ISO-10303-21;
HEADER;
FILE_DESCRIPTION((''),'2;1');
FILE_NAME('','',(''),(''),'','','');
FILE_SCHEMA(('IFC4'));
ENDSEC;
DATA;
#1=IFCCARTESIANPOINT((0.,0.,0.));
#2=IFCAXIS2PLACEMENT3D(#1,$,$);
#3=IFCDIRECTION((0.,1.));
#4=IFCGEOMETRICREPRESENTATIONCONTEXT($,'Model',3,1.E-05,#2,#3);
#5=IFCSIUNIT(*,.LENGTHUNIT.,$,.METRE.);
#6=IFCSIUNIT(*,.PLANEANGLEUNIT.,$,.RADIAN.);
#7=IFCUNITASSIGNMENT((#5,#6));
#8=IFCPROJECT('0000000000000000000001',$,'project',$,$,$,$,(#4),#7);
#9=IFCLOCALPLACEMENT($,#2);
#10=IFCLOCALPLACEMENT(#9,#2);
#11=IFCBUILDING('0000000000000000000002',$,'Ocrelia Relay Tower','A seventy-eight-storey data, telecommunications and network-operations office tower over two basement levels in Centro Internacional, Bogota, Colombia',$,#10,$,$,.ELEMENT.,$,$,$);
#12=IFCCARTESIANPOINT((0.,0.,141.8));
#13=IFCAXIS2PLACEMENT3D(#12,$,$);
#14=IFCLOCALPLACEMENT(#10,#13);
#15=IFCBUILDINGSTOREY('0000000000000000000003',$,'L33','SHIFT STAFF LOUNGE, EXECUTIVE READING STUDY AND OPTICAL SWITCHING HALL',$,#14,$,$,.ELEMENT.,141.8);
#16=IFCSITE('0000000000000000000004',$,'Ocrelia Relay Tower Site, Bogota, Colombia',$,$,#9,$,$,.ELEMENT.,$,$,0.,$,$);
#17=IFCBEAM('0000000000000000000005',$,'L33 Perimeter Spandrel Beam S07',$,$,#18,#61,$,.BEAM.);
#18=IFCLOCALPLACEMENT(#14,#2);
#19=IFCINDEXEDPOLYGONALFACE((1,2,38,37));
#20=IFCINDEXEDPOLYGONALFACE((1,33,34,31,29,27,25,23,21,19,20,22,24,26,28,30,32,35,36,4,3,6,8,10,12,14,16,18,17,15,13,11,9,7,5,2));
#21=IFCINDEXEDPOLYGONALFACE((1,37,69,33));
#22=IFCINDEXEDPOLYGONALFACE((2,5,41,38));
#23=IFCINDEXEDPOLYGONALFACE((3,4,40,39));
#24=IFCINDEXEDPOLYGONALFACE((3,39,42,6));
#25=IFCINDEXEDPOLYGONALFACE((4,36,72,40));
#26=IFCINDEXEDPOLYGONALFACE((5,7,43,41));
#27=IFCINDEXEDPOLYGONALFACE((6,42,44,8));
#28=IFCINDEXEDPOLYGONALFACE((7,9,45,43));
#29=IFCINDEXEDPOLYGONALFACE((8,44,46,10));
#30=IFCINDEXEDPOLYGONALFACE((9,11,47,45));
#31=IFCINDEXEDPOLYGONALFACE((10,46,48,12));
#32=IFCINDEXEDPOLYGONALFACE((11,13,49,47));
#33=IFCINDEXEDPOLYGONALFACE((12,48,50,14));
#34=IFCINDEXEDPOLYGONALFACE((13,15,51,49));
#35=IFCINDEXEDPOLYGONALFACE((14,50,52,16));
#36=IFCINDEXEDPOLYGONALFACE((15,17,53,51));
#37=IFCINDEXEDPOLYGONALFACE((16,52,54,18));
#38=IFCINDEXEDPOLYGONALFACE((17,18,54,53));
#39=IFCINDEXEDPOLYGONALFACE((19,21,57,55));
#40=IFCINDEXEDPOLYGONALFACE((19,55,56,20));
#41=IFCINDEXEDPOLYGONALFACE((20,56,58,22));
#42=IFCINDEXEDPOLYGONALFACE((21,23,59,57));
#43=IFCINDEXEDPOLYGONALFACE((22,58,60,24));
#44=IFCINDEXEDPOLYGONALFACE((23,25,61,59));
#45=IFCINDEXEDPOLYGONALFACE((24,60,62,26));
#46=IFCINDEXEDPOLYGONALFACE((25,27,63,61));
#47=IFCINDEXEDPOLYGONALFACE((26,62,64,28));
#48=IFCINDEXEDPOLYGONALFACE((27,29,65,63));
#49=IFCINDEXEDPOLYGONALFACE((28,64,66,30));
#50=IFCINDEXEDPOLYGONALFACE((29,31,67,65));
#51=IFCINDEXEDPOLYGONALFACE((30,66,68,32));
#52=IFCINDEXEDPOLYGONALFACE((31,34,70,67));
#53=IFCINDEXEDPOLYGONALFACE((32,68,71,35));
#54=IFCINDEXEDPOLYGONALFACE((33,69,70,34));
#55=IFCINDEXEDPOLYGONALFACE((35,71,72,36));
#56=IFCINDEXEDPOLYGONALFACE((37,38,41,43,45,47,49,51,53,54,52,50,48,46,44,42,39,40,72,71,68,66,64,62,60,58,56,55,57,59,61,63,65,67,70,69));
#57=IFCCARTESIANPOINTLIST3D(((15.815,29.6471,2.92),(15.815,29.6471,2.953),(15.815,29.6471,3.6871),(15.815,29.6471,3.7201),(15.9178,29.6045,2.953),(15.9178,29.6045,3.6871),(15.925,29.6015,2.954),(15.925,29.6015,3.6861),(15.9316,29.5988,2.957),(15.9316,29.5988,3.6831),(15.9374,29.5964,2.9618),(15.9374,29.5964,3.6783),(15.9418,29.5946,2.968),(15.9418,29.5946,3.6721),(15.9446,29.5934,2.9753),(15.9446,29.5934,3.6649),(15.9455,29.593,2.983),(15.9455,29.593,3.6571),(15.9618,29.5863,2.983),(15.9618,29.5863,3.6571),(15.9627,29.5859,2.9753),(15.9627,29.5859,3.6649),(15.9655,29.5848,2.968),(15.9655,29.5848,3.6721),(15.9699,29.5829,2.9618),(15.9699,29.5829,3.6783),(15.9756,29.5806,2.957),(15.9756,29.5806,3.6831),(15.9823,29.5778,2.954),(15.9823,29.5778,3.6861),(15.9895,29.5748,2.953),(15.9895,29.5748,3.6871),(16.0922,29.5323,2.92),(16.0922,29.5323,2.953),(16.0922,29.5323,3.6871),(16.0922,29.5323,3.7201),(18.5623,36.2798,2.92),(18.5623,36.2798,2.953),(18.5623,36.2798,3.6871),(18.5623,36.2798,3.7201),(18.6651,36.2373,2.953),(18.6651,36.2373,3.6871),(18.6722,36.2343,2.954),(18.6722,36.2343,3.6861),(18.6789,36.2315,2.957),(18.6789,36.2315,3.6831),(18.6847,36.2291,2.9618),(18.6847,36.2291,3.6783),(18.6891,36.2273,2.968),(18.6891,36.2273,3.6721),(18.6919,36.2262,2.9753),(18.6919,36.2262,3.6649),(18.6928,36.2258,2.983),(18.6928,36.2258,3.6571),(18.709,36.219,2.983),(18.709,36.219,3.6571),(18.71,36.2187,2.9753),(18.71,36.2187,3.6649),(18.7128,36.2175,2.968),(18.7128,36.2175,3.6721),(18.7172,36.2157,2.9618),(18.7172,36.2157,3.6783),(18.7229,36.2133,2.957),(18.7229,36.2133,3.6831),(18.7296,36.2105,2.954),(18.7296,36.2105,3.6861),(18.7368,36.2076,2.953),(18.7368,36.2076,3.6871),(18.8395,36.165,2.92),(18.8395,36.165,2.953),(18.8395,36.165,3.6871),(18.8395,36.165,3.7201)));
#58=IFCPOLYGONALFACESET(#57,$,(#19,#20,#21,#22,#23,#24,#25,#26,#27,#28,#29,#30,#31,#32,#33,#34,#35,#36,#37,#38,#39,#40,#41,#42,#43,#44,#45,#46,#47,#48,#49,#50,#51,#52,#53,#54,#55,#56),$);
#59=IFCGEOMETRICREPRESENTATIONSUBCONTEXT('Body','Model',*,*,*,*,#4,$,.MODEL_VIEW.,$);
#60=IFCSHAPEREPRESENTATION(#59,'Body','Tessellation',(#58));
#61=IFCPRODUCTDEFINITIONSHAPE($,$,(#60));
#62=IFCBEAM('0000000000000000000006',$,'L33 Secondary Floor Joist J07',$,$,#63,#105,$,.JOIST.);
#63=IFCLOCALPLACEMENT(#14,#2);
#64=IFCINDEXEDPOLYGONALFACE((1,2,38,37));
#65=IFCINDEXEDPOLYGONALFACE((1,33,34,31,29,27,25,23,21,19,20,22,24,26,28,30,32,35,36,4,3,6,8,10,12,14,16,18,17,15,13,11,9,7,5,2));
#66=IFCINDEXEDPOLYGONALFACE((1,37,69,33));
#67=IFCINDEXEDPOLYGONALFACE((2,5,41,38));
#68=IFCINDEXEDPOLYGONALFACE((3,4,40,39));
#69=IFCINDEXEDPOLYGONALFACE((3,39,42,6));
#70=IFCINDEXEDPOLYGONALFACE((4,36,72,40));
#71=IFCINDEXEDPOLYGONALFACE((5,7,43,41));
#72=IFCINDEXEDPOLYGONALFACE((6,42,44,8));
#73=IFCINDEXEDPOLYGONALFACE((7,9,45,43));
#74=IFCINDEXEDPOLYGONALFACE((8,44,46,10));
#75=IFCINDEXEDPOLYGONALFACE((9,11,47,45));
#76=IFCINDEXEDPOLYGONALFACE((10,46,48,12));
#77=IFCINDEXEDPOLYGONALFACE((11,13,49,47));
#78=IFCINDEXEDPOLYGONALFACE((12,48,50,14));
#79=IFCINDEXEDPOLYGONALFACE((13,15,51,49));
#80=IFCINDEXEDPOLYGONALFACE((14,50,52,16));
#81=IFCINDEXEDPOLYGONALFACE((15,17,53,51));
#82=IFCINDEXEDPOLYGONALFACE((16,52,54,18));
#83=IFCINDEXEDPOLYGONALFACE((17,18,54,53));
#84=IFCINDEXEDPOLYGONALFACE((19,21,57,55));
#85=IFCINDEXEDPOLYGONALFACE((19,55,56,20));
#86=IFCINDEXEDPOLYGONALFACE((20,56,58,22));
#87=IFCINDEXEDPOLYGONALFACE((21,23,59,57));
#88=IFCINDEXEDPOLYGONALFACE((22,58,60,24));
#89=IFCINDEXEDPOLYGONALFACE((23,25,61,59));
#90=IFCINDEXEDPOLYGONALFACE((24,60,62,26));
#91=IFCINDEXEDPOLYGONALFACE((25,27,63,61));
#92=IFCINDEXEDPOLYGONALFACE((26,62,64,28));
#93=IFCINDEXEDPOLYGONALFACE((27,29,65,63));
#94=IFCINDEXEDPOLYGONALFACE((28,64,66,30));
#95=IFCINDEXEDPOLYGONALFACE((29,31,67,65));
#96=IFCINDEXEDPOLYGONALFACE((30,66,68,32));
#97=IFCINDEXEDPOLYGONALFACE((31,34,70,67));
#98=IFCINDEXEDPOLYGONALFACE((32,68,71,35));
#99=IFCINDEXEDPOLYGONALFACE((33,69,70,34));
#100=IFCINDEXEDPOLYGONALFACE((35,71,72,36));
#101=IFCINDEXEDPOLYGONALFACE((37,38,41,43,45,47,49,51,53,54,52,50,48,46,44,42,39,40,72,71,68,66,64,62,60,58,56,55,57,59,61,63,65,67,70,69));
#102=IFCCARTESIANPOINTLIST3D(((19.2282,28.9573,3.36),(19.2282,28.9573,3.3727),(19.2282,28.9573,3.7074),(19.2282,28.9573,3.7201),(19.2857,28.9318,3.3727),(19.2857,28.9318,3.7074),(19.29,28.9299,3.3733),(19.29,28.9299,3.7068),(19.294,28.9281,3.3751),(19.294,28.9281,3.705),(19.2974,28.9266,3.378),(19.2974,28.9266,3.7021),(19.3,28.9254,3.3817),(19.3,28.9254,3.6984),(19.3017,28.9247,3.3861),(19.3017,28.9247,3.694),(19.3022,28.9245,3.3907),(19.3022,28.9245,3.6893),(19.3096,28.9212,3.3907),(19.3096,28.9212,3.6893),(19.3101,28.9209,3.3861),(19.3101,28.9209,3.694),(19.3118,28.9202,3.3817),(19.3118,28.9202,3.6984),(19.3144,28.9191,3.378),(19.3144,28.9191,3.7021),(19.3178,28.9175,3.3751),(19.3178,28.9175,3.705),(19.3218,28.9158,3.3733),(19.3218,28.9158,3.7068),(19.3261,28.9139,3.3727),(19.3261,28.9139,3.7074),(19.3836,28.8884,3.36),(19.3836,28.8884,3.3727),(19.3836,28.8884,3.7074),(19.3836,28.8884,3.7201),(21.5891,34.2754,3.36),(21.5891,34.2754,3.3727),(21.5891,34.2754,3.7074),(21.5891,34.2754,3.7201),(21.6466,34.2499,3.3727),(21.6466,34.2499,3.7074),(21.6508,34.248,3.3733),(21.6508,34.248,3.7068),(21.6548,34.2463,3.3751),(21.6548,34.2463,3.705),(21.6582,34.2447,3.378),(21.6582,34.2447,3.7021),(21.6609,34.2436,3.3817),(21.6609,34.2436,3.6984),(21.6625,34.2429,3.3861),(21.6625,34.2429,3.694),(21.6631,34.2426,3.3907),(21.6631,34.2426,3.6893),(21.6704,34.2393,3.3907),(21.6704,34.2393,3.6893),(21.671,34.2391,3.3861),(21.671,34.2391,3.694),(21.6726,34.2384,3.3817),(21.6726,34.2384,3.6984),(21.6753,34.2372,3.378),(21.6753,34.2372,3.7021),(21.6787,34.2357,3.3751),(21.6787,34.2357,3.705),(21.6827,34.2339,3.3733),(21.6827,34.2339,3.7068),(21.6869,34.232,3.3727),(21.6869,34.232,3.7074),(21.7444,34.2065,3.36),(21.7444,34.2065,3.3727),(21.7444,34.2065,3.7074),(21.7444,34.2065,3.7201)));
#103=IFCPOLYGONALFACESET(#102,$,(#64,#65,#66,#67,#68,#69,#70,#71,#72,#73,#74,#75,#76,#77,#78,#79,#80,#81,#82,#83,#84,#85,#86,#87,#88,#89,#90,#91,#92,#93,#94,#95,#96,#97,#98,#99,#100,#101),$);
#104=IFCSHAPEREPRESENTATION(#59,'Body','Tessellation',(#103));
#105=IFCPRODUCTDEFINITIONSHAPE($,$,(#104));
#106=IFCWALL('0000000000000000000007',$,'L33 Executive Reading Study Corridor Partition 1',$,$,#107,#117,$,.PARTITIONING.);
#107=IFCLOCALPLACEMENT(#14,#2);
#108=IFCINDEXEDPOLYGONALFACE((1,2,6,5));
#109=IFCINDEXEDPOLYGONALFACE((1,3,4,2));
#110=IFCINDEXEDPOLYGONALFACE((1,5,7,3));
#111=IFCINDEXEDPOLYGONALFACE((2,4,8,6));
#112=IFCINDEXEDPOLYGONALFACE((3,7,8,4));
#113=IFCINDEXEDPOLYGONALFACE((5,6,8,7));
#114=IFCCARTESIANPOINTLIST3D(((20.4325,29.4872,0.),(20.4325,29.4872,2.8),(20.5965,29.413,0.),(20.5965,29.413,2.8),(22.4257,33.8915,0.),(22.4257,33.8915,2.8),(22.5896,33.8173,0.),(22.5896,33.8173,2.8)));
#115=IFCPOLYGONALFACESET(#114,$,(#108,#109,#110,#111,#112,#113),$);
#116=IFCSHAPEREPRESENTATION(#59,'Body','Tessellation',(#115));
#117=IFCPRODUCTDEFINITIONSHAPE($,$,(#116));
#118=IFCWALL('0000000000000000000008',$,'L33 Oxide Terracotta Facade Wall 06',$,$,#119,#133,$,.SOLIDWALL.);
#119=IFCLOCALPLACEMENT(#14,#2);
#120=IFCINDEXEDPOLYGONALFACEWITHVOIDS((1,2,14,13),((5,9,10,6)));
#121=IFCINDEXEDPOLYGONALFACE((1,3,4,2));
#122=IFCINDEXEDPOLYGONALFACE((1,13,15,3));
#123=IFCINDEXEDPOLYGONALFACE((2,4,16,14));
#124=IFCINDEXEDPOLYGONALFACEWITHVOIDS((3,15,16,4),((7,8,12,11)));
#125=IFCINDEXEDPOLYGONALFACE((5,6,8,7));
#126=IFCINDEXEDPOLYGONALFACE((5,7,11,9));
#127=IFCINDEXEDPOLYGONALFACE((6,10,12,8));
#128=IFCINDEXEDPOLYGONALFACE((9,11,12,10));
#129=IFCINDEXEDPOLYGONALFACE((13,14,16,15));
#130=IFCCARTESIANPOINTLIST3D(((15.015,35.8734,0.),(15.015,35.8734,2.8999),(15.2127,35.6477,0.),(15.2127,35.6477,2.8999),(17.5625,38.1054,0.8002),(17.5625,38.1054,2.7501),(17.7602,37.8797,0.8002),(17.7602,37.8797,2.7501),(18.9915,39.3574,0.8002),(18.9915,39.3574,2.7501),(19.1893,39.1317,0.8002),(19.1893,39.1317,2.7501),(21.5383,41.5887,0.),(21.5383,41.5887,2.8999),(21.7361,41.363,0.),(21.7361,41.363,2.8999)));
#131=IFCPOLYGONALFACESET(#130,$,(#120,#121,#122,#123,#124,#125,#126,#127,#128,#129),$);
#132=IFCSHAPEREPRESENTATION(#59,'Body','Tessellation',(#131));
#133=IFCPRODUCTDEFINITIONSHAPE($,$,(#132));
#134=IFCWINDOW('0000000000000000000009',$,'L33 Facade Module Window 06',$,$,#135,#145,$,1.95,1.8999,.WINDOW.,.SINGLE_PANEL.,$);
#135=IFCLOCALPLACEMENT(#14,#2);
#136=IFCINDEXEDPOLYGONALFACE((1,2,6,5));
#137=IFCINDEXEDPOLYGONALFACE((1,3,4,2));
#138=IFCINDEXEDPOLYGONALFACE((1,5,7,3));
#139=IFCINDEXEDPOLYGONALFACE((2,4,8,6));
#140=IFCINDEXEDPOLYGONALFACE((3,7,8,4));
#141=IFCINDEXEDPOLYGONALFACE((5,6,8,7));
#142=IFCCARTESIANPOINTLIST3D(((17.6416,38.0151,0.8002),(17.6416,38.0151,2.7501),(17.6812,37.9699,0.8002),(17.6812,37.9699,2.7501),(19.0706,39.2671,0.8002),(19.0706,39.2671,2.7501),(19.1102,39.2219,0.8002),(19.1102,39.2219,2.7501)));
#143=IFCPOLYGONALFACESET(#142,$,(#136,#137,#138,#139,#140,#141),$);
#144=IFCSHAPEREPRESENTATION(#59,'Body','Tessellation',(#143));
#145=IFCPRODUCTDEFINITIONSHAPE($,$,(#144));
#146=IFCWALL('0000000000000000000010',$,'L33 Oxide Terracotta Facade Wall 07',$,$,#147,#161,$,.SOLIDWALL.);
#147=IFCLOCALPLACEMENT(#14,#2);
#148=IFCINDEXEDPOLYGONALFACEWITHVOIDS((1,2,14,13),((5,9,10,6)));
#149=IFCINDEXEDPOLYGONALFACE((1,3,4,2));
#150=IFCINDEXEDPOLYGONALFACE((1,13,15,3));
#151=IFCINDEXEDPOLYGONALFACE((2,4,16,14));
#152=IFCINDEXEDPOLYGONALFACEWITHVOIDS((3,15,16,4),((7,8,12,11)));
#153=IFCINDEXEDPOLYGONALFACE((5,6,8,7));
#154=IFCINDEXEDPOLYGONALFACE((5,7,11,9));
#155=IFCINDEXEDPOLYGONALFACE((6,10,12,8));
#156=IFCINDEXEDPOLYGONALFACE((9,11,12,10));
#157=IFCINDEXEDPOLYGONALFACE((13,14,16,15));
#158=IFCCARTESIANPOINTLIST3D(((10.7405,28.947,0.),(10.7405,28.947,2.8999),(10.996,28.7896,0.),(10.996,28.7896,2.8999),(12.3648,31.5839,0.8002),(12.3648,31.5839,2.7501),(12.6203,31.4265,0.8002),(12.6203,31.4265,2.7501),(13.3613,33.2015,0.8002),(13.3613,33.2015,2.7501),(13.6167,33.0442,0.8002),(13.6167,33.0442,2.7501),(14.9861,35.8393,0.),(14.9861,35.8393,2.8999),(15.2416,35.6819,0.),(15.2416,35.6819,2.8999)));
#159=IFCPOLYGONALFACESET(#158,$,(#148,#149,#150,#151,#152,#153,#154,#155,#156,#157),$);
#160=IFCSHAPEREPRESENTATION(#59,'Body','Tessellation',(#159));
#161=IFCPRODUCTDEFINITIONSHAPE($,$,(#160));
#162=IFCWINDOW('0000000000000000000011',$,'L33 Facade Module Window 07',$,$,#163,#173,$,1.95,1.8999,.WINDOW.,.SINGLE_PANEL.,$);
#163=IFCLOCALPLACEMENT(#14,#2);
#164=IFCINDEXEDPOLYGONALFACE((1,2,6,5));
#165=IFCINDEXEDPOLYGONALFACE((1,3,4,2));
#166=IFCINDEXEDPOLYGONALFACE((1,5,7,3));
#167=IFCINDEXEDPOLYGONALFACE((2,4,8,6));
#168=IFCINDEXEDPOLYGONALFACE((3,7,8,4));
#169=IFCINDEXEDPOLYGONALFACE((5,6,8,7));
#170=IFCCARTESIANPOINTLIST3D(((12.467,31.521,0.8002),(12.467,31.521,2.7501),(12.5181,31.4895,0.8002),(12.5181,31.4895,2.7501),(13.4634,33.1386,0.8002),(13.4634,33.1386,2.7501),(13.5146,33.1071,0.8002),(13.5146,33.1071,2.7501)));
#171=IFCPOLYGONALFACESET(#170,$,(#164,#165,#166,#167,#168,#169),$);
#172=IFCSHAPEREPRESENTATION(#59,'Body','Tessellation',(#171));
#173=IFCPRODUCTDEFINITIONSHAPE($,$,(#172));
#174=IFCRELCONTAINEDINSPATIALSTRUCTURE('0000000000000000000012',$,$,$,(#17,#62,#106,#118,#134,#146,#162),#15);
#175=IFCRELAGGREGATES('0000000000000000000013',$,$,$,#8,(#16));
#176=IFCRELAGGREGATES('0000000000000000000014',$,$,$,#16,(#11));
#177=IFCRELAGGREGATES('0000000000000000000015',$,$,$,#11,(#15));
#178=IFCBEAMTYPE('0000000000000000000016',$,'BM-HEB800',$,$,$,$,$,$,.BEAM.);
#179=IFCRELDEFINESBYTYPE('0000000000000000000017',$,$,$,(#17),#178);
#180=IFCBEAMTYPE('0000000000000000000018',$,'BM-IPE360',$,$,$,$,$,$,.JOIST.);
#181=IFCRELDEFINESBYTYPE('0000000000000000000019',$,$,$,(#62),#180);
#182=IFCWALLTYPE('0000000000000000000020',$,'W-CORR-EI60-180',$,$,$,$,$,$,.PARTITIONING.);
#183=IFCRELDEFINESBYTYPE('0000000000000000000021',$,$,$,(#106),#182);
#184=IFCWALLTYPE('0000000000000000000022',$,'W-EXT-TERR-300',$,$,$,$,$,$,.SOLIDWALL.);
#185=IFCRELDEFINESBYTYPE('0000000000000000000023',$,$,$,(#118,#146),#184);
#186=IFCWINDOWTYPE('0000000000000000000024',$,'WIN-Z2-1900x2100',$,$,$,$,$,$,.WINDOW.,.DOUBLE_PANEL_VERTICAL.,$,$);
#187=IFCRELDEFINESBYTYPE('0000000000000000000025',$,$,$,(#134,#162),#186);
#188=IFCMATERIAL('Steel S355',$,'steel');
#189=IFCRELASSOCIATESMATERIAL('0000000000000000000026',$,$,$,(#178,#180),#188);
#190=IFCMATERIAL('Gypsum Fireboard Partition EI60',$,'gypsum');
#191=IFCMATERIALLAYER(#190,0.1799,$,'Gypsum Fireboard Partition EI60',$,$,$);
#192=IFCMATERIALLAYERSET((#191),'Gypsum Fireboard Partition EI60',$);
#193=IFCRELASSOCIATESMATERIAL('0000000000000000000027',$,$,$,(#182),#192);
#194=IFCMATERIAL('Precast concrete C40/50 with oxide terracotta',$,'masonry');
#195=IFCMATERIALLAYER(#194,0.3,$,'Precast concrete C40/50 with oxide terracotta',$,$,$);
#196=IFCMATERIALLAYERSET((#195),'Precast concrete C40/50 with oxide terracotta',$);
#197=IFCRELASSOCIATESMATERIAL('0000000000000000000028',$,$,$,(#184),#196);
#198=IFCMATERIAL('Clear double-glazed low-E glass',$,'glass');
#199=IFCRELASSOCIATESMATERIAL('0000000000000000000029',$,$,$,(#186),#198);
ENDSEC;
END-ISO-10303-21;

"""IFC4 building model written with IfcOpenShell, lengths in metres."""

from ifc_helpers import new_model, si_unit, direction, frame, frame_2d, origin, origin_2d, place, context, subcontext, project, spatial, rectangle, i_section, extrude, material, layer, layer_set, material_profile, profile_set, type_object, element, fill, save


model = new_model("IFC4")

# Units and contexts
model_context = context("Model", 3, precision=1e-05, world=origin(), true_north=direction((0.0, 1.0)))
body_context = subcontext(model_context, "Body", "Model", "MODEL_VIEW")
ifc_project = project(units=[si_unit("LENGTHUNIT", "METRE"), si_unit("PLANEANGLEUNIT", "RADIAN")], contexts=[model_context])

# Site, building, storey
site_placement = place(None, origin())
site = spatial("IfcSite", under=ifc_project, at=site_placement, Name="Ocrelia Relay Tower Site, Bogota, Colombia", CompositionType="ELEMENT", RefElevation=0.0)
building_placement = place(site_placement, origin())
building = spatial("IfcBuilding", under=site, at=building_placement, Name="Ocrelia Relay Tower", Description="A seventy-eight-storey data, telecommunications and network-operations office tower over two basement levels in Centro Internacional, Bogota, Colombia", CompositionType="ELEMENT")
storey_placement = place(building_placement, frame((0.0, 0.0, 141.8)))
storey = spatial("IfcBuildingStorey", under=building, at=storey_placement, Name="L33", Description="SHIFT STAFF LOUNGE, EXECUTIVE READING STUDY AND OPTICAL SWITCHING HALL", CompositionType="ELEMENT", Elevation=141.8)

# Beams
ifc_material_1 = material(Name="Steel S355", Category="steel")
ifc_material_profile_1 = material_profile(ifc_material_1, i_section(OverallWidth=0.3, OverallDepth=0.8, WebThickness=0.0176, FlangeThickness=0.033, FilletRadius=0.03, at=origin_2d()), Name="HEB 800")
ifc_profile_set_1 = profile_set([ifc_material_profile_1], Name="Steel S355")
beam_type_1 = type_object("IfcBeamType", Name="BM-HEB800", PredefinedType="BEAM", material=ifc_profile_set_1)
beam_1_placement = place(storey_placement, frame((18.7009, 36.2224, 3.3201), z_axis=(-0.382673, -0.923884, 0.0), x_axis=(0.923884, -0.382673, 0.0)))
element("IfcBeam", 1, at=beam_1_placement, inside=storey, type_object=beam_type_1, Name="L33 Perimeter Spandrel Beam S07", PredefinedType="BEAM", context=body_context, shape_type="SweptSolid", body=[
    extrude(i_section(OverallWidth=0.3, OverallDepth=0.8, WebThickness=0.0176, FlangeThickness=0.033, FilletRadius=0.03, at=origin_2d()), origin(), (0.0, 0.0, 1.0), 7.1792),
])
ifc_material_profile_2 = material_profile(ifc_material_1, i_section(OverallWidth=0.1699, OverallDepth=0.3601, WebThickness=0.0081, FlangeThickness=0.0127, FilletRadius=0.0181, at=origin_2d()), Name="IPE 360")
ifc_profile_set_2 = profile_set([ifc_material_profile_2], Name="Steel S355")
beam_type_2 = type_object("IfcBeamType", Name="BM-IPE360", PredefinedType="JOIST", material=ifc_profile_set_2)
beam_2_placement = place(storey_placement, frame((21.6667, 34.241, 3.54), z_axis=(-0.405741, -0.913988, 0.0), x_axis=(0.913988, -0.405741, 0.0)))
element("IfcBeam", 2, at=beam_2_placement, inside=storey, type_object=beam_type_2, Name="L33 Secondary Floor Joist J07", PredefinedType="JOIST", context=body_context, shape_type="SweptSolid", body=[
    extrude(i_section(OverallWidth=0.1699, OverallDepth=0.3601, WebThickness=0.0081, FlangeThickness=0.0127, FilletRadius=0.0181, at=origin_2d()), origin(), (0.0, 0.0, 1.0), 5.8186),
])

# Wall
ifc_material_2 = material(Name="Gypsum Fireboard Partition EI60", Category="gypsum")
ifc_layer_1 = layer(ifc_material_2, 0.1799, Name="Gypsum Fireboard Partition EI60")
ifc_layer_set_1 = layer_set([ifc_layer_1], Name="Gypsum Fireboard Partition EI60")
wall_type_1 = type_object("IfcWallType", Name="W-CORR-EI60-180", PredefinedType="PARTITIONING", material=ifc_layer_set_1)
wall_1_placement = place(storey_placement, frame((22.5076, 33.8542, 0.0), z_axis=(0.0, 0.0, 1.0), x_axis=(-0.412296, -0.91105, 0.0)))
element("IfcWall", 3, at=wall_1_placement, inside=storey, type_object=wall_type_1, Name="L33 Executive Reading Study Corridor Partition 1", PredefinedType="PARTITIONING", context=body_context, shape_type="SweptSolid", body=[
    extrude(rectangle(XDim=4.8342, YDim=0.1799, at=frame_2d((2.417, 0.0))), origin(), (0.0, 0.0, 1.0), 2.8),
])

# Walls, openings, windows
ifc_material_3 = material(Name="Precast concrete C40/50 with oxide terracotta", Category="masonry")
ifc_layer_2 = layer(ifc_material_3, 0.3, Name="Precast concrete C40/50 with oxide terracotta")
ifc_layer_set_2 = layer_set([ifc_layer_2], Name="Precast concrete C40/50 with oxide terracotta")
wall_type_2 = type_object("IfcWallType", Name="W-EXT-TERR-300", PredefinedType="SOLIDWALL", material=ifc_layer_set_2)
wall_2_placement = place(storey_placement, frame((21.6372, 41.4758, 0.0), z_axis=(0.0, 0.0, 1.0), x_axis=(-0.752158, -0.658983, 0.0)))
wall_2 = element("IfcWall", 4, at=wall_2_placement, inside=storey, type_object=wall_type_2, Name="L33 Oxide Terracotta Facade Wall 06", PredefinedType="SOLIDWALL", context=body_context, shape_type="SweptSolid", body=[
    extrude(rectangle(XDim=8.6729, YDim=0.3, at=frame_2d((4.3364, 0.0))), origin(), (0.0, 0.0, 1.0), 2.8999),
])
opening_1_placement = place(wall_2_placement, frame((3.386, 0.0, 0.8)))
opening_1 = element("IfcOpeningElement", 5, at=opening_1_placement, cuts=wall_2, PredefinedType="OPENING", context=body_context, shape_type="SweptSolid", body=[
    extrude(rectangle(XDim=1.8999, YDim=1.95, at=frame_2d((0.95, 0.9751))), frame((0.0, 0.1602, 0.0), z_axis=(0.0, -1.0, 0.0), x_axis=(1.0, 0.0, 0.0)), (0.0, 0.0, 1.0), 0.3201),
])
ifc_material_4 = material(Name="Clear double-glazed low-E glass", Category="glass")
window_type = type_object("IfcWindowType", Name="WIN-Z2-1900x2100", PartitioningType="DOUBLE_PANEL_VERTICAL", PredefinedType="WINDOW", material=ifc_material_4)
window_1_placement = place(opening_1_placement, origin())
window_1 = element("IfcWindow", 6, at=window_1_placement, inside=storey, type_object=window_type, Name="L33 Facade Module Window 06", OverallHeight=1.95, OverallWidth=1.8999, PartitioningType="SINGLE_PANEL", PredefinedType="WINDOW", context=body_context, shape_type="SweptSolid", body=[
    extrude(rectangle(XDim=1.8999, YDim=1.95, at=frame_2d((0.95, 0.9751))), frame((0.0, 0.03, 0.0), z_axis=(0.0, -1.0, 0.0), x_axis=(1.0, 0.0, 0.0)), (0.0, 0.0, 1.0), 0.0601),
])
fill(opening_1, window_1)
wall_3_placement = place(storey_placement, frame((15.1138, 35.7605, 0.0), z_axis=(0.0, 0.0, 1.0), x_axis=(-0.524471, -0.851428, 0.0)))
wall_3 = element("IfcWall", 7, at=wall_3_placement, inside=storey, type_object=wall_type_2, Name="L33 Oxide Terracotta Facade Wall 07", PredefinedType="SOLIDWALL", context=body_context, shape_type="SweptSolid", body=[
    extrude(rectangle(XDim=8.095, YDim=0.3, at=frame_2d((4.0474, 0.0))), origin(), (0.0, 0.0, 1.0), 2.8999),
])
opening_2_placement = place(wall_3_placement, frame((3.0979, 0.0, 0.8)))
opening_2 = element("IfcOpeningElement", 8, at=opening_2_placement, cuts=wall_3, PredefinedType="OPENING", context=body_context, shape_type="SweptSolid", body=[
    extrude(rectangle(XDim=1.8999, YDim=1.95, at=frame_2d((0.95, 0.9751))), frame((0.0, 0.1602, 0.0), z_axis=(0.0, -1.0, 0.0), x_axis=(1.0, 0.0, 0.0)), (0.0, 0.0, 1.0), 0.3201),
])
window_2_placement = place(opening_2_placement, origin())
window_2 = element("IfcWindow", 9, at=window_2_placement, inside=storey, type_object=window_type, Name="L33 Facade Module Window 07", OverallHeight=1.95, OverallWidth=1.8999, PartitioningType="SINGLE_PANEL", PredefinedType="WINDOW", context=body_context, shape_type="SweptSolid", body=[
    extrude(rectangle(XDim=1.8999, YDim=1.95, at=frame_2d((0.95, 0.9751))), frame((0.0, 0.03, 0.0), z_axis=(0.0, -1.0, 0.0), x_axis=(1.0, 0.0, 0.0)), (0.0, 0.0, 1.0), 0.0601),
])
fill(opening_2, window_2)

save(model, "model.ifc")
